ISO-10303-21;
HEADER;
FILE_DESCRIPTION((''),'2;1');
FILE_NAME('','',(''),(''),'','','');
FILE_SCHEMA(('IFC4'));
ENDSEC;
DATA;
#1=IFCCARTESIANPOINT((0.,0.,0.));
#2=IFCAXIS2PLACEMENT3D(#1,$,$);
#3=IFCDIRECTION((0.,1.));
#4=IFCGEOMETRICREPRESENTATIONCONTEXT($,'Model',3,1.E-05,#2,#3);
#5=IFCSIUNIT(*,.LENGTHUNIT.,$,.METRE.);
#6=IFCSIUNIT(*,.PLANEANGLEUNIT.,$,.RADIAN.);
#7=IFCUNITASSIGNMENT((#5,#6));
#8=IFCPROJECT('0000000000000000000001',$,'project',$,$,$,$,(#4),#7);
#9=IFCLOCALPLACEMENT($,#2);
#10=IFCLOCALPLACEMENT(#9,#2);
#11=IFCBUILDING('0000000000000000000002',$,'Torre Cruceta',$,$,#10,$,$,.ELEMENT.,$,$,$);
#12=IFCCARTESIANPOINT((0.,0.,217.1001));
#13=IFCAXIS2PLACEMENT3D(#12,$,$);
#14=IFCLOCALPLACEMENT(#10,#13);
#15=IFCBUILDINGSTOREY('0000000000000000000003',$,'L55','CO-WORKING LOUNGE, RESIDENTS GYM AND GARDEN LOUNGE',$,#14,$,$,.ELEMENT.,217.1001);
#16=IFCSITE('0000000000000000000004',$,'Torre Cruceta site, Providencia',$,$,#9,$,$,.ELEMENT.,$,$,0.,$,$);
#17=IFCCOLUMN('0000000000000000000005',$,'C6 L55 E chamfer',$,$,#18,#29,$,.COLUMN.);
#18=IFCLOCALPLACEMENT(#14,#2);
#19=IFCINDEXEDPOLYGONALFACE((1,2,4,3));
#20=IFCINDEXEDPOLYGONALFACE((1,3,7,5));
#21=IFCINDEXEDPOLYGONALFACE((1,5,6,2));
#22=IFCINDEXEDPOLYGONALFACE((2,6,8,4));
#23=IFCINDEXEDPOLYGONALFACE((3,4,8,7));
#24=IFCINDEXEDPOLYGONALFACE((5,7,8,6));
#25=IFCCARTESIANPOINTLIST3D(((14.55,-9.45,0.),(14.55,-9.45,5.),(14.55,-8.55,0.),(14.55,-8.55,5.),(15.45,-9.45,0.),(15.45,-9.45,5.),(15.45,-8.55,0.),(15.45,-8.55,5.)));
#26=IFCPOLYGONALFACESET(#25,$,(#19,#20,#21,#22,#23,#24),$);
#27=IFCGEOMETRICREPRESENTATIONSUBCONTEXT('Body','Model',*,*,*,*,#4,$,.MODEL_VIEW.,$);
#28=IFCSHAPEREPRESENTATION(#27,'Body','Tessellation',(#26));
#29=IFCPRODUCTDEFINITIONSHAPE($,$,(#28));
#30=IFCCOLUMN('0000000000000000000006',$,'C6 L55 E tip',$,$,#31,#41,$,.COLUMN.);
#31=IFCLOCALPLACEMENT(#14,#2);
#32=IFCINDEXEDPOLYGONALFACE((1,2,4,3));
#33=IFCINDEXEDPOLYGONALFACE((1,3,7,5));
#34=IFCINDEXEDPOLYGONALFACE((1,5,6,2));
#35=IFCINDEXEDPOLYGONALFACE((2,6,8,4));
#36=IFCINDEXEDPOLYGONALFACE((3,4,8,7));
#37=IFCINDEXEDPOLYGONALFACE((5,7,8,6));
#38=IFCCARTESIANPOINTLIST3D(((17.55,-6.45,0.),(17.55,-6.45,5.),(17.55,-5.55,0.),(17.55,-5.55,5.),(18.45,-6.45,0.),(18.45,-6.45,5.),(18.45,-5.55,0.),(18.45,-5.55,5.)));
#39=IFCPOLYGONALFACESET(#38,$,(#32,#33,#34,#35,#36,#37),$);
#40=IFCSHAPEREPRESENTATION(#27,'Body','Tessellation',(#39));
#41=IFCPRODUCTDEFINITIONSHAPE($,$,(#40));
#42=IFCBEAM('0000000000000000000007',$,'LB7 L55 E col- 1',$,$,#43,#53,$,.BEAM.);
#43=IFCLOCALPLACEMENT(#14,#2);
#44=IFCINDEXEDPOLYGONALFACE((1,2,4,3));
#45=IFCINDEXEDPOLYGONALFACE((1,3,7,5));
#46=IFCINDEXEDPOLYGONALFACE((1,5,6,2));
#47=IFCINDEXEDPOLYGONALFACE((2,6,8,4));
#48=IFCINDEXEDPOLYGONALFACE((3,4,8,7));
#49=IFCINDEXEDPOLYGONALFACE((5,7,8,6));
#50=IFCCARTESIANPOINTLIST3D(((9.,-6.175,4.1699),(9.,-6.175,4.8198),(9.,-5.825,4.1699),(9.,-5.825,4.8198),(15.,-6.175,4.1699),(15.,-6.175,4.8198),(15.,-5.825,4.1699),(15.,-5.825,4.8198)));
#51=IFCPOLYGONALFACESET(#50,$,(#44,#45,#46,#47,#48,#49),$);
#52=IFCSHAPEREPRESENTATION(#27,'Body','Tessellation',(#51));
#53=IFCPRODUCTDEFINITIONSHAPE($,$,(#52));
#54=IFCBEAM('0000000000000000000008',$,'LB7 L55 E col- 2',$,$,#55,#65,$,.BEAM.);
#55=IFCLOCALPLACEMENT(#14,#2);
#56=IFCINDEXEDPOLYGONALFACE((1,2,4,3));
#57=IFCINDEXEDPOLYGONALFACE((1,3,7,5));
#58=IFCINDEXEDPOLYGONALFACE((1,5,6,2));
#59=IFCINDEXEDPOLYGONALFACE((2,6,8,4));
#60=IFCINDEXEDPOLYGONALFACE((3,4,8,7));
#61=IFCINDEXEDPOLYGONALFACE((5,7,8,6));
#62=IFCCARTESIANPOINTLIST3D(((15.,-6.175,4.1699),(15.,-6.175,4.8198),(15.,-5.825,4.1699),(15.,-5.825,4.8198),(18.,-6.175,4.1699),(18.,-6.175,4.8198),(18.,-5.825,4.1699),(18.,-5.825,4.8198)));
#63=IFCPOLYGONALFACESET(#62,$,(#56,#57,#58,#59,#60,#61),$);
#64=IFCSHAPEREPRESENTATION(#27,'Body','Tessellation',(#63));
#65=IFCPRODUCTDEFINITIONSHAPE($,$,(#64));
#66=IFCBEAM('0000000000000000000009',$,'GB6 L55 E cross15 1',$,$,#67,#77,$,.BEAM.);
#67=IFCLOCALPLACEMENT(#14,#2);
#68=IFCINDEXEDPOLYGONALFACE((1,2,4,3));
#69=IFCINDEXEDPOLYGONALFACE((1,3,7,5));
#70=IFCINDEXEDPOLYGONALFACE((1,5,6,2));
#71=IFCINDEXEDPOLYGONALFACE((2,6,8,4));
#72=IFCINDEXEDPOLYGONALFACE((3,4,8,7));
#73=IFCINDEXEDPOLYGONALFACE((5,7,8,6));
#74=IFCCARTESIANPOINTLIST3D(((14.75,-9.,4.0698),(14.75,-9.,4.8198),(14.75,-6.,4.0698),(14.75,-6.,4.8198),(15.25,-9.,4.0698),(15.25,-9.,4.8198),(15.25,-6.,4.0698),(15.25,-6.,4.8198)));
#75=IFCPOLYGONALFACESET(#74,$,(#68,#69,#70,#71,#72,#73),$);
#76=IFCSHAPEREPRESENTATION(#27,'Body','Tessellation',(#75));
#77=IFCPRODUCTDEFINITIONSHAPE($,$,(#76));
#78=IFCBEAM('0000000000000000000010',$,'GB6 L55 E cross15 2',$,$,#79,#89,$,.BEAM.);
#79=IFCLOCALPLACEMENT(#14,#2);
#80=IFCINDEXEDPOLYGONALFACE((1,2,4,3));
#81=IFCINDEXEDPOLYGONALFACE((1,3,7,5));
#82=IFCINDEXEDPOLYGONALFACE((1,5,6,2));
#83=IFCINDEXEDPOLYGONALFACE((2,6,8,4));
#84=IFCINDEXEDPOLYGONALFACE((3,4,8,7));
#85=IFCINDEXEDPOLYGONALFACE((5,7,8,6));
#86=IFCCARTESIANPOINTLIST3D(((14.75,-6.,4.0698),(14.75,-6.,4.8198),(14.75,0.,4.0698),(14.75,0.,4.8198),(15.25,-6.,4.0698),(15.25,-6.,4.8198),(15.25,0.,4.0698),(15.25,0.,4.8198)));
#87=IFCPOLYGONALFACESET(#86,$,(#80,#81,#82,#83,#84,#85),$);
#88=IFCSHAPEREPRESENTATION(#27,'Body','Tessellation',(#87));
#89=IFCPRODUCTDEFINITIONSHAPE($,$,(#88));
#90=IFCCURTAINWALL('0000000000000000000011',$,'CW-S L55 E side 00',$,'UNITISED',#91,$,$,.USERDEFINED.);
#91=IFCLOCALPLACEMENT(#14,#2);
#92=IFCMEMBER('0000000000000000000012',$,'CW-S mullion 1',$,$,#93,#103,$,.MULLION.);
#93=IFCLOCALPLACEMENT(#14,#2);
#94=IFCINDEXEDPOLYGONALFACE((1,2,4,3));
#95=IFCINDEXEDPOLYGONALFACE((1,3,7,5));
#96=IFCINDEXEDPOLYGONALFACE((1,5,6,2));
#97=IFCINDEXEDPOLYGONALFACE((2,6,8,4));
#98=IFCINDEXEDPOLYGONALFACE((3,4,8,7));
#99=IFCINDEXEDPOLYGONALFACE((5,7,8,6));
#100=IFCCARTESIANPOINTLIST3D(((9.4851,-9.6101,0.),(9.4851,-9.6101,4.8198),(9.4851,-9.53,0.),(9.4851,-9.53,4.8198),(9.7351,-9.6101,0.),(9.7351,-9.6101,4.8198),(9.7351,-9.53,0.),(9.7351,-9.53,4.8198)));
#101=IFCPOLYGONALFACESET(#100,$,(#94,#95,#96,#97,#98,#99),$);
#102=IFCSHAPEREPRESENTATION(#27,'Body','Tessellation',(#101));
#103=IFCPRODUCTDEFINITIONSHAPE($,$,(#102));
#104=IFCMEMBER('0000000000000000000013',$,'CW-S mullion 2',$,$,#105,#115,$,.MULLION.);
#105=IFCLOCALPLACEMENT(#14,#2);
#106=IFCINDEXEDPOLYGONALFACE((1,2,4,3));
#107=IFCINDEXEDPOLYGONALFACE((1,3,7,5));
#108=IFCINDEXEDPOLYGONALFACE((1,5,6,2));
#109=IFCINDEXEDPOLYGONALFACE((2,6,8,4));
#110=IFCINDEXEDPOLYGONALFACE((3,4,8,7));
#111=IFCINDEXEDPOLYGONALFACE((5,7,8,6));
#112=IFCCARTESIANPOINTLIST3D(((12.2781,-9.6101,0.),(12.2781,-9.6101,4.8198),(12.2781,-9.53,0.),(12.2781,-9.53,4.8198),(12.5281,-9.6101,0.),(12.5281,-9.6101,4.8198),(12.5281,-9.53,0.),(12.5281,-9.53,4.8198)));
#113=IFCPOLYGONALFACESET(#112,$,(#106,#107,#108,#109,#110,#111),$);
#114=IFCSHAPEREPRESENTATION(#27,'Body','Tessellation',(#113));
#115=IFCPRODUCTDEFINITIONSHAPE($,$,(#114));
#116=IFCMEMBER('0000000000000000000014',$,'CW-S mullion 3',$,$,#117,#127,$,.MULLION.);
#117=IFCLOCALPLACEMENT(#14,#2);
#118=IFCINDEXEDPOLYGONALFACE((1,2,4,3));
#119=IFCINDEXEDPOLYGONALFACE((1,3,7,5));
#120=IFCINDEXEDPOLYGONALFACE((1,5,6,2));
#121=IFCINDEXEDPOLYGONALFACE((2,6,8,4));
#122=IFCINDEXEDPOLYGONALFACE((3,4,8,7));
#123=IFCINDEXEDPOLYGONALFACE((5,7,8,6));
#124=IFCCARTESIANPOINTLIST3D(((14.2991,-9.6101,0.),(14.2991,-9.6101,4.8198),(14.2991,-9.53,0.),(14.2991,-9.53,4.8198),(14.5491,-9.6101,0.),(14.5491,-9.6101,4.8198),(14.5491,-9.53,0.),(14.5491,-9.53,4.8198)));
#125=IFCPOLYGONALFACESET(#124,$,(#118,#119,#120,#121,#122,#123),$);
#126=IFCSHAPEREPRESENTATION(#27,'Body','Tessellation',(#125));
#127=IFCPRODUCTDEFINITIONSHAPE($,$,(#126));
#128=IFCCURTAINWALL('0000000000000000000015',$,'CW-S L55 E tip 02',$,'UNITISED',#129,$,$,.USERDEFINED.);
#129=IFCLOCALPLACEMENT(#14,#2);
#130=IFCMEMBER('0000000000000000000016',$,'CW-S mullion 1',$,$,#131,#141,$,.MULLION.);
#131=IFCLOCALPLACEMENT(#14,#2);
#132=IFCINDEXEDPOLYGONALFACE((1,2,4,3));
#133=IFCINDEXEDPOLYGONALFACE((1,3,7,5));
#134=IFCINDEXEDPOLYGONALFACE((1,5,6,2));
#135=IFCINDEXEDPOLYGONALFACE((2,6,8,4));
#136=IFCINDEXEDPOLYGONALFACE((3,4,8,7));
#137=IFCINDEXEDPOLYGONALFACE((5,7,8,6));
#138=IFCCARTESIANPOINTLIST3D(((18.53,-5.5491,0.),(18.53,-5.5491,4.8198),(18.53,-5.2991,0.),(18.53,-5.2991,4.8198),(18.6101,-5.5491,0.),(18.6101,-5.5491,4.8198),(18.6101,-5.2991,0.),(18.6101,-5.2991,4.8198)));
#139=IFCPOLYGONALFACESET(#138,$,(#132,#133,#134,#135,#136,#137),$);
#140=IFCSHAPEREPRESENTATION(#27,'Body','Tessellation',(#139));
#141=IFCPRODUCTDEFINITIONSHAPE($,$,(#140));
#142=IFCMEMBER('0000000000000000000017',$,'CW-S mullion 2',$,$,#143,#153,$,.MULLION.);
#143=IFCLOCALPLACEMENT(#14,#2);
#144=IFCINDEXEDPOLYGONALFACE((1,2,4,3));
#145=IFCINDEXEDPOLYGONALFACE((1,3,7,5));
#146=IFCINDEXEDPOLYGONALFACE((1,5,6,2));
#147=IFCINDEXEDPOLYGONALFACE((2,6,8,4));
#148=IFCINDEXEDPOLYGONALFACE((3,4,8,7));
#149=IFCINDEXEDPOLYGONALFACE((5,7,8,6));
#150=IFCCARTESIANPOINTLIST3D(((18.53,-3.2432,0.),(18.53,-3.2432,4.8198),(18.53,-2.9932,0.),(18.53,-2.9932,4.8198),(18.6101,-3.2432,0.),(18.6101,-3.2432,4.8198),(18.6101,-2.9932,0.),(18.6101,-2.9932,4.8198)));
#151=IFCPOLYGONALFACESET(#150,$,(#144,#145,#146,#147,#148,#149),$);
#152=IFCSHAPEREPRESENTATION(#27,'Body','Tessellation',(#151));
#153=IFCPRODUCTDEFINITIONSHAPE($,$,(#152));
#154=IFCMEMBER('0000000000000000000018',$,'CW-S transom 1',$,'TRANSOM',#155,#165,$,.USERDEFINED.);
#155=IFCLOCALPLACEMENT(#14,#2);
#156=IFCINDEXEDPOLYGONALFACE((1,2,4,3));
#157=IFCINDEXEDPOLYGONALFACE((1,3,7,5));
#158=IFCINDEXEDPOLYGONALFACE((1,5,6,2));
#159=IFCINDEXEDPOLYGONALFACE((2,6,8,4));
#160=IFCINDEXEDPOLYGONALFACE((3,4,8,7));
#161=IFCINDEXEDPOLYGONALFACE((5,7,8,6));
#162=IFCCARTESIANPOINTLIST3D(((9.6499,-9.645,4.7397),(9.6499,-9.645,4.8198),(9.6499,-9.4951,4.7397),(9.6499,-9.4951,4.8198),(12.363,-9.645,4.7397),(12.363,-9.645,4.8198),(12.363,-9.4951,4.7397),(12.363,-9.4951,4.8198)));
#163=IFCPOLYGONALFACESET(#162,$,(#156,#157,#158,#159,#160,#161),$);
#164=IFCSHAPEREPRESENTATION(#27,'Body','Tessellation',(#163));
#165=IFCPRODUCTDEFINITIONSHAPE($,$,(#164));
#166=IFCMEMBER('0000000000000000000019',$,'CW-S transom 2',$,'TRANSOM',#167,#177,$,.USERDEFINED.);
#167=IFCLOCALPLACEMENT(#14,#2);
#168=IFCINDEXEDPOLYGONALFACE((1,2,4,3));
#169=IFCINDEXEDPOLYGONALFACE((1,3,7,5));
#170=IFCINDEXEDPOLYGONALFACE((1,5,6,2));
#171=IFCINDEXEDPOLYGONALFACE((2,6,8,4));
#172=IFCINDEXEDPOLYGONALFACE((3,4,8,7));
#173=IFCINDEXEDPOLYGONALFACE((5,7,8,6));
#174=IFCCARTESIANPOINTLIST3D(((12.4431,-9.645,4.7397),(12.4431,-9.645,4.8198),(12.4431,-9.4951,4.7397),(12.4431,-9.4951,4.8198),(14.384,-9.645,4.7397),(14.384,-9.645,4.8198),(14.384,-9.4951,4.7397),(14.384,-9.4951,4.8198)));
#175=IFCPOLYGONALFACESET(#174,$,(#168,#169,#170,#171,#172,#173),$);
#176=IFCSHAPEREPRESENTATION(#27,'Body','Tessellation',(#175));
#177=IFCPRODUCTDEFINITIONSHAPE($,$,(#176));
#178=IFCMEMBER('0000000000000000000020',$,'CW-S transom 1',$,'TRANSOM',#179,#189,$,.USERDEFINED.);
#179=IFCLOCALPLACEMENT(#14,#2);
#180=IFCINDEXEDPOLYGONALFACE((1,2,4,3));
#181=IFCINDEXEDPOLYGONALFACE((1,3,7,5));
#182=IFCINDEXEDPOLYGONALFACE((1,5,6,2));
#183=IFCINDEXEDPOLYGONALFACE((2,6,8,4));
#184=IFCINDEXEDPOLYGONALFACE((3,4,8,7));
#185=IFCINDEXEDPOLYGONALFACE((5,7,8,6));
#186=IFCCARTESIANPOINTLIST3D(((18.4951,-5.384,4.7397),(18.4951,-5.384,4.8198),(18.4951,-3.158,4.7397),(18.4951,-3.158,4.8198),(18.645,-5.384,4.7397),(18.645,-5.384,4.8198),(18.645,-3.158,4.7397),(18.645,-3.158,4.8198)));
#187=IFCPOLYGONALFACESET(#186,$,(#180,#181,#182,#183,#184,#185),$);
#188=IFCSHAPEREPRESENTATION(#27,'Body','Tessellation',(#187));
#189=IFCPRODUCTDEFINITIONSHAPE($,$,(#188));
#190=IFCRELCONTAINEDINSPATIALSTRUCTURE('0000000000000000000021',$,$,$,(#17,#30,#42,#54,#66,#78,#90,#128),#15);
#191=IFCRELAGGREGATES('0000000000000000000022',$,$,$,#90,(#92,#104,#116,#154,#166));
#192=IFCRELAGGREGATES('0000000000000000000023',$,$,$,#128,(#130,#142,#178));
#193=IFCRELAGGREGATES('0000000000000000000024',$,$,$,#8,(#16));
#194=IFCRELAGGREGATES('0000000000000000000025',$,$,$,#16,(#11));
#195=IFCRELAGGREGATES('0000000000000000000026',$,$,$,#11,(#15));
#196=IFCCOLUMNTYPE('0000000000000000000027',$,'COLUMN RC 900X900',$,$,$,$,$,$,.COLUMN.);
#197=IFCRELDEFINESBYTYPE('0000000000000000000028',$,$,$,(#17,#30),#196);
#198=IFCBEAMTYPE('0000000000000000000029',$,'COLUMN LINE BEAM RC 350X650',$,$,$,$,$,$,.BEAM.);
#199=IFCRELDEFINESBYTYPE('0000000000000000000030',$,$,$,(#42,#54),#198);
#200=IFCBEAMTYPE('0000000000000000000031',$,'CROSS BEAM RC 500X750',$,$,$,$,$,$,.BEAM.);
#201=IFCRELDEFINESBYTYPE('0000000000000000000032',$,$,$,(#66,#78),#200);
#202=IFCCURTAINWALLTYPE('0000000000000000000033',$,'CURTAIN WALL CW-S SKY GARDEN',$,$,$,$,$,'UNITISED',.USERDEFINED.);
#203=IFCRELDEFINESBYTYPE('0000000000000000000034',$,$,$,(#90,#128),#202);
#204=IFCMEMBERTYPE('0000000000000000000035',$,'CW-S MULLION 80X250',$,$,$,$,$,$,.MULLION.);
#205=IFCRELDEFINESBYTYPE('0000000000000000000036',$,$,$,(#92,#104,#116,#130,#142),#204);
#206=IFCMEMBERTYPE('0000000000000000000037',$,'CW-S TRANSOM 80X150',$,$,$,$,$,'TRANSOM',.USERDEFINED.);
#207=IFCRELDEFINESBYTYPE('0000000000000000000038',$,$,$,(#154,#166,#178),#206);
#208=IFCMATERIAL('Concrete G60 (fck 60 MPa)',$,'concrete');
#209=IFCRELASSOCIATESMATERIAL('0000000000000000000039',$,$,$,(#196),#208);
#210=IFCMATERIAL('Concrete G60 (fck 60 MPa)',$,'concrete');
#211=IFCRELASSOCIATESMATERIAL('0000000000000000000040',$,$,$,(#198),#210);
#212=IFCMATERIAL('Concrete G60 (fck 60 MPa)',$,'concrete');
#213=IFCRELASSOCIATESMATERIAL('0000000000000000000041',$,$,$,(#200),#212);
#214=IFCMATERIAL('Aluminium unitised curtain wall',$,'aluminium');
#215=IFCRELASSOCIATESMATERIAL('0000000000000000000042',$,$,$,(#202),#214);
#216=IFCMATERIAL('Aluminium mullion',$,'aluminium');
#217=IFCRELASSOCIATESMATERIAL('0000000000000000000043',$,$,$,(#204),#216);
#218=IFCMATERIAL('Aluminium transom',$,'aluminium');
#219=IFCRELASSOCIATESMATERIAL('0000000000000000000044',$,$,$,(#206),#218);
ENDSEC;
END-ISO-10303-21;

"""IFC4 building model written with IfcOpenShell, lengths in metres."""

from ifc_helpers import new_model, si_unit, direction, frame, origin, origin_2d, place, context, subcontext, project, spatial, rectangle, extrude, material, material_profile, profile_set, type_object, element, aggregate, save


model = new_model("IFC4")

# Units and contexts
model_context = context("Model", 3, precision=1e-05, world=origin(), true_north=direction((0.0, 1.0)))
body_context = subcontext(model_context, "Body", "Model", "MODEL_VIEW")
ifc_project = project(units=[si_unit("LENGTHUNIT", "METRE"), si_unit("PLANEANGLEUNIT", "RADIAN")], contexts=[model_context])

# Site, building, storey
site_placement = place(None, origin())
site = spatial("IfcSite", under=ifc_project, at=site_placement, Name="Torre Cruceta site, Providencia", CompositionType="ELEMENT", RefElevation=0.0)
building_placement = place(site_placement, origin())
building = spatial("IfcBuilding", under=site, at=building_placement, Name="Torre Cruceta", CompositionType="ELEMENT")
storey_placement = place(building_placement, frame((0.0, 0.0, 217.1001)))
storey = spatial("IfcBuildingStorey", under=building, at=storey_placement, Name="L55", Description="CO-WORKING LOUNGE, RESIDENTS GYM AND GARDEN LOUNGE", CompositionType="ELEMENT", Elevation=217.1001)

# Columns
ifc_material_1 = material(Name="Concrete G60 (fck 60 MPa)", Category="concrete")
ifc_material_profile_1 = material_profile(ifc_material_1, rectangle(XDim=0.8999, YDim=0.8999, at=origin_2d()), Name="RC 900X900")
ifc_profile_set_1 = profile_set([ifc_material_profile_1], Name="Concrete G60 (fck 60 MPa)")
column_type = type_object("IfcColumnType", Name="COLUMN RC 900X900", PredefinedType="COLUMN", material=ifc_profile_set_1)
for number, where, z_axis, x_axis, name in (
    (1, (15.0, -9.0, 0.0), (0.0, 0.0, 1.0), (1.0, 0.0, 0.0), "C6 L55 E chamfer"),
    (2, (18.0, -6.0, 0.0), (0.0, 0.0, 1.0), (1.0, 0.0, 0.0), "C6 L55 E tip"),
):
    element("IfcColumn", number, at=place(storey_placement, frame(where, z_axis=z_axis, x_axis=x_axis)), inside=storey, type_object=column_type, Name=name, PredefinedType="COLUMN", context=body_context, shape_type="SweptSolid", body=[
        extrude(rectangle(XDim=0.8999, YDim=0.8999, at=origin_2d()), origin(), (0.0, 0.0, 1.0), 5.0),
    ])

# Beams
ifc_material_2 = material(Name="Concrete G60 (fck 60 MPa)", Category="concrete")
ifc_material_profile_2 = material_profile(ifc_material_2, rectangle(XDim=0.3501, YDim=0.6499, at=origin_2d()), Name="RC 350X650")
ifc_profile_set_2 = profile_set([ifc_material_profile_2], Name="Concrete G60 (fck 60 MPa)")
beam_type_1 = type_object("IfcBeamType", Name="COLUMN LINE BEAM RC 350X650", PredefinedType="BEAM", material=ifc_profile_set_2)
beam_1_placement = place(storey_placement, frame((9.0, -6.0, 4.4949), z_axis=(1.0, 0.0, 0.0), x_axis=(0.0, 1.0, 0.0)))
element("IfcBeam", 3, at=beam_1_placement, inside=storey, type_object=beam_type_1, Name="LB7 L55 E col- 1", PredefinedType="BEAM", context=body_context, shape_type="SweptSolid", body=[
    extrude(rectangle(XDim=0.3501, YDim=0.6499, at=origin_2d()), origin(), (0.0, 0.0, 1.0), 6.0),
])
beam_2_placement = place(storey_placement, frame((15.0, -6.0, 4.4949), z_axis=(1.0, 0.0, 0.0), x_axis=(0.0, 1.0, 0.0)))
element("IfcBeam", 4, at=beam_2_placement, inside=storey, type_object=beam_type_1, Name="LB7 L55 E col- 2", PredefinedType="BEAM", context=body_context, shape_type="SweptSolid", body=[
    extrude(rectangle(XDim=0.3501, YDim=0.6499, at=origin_2d()), origin(), (0.0, 0.0, 1.0), 3.0),
])
ifc_material_3 = material(Name="Concrete G60 (fck 60 MPa)", Category="concrete")
ifc_material_profile_3 = material_profile(ifc_material_3, rectangle(XDim=0.5, YDim=0.75, at=origin_2d()), Name="RC 500X750")
ifc_profile_set_3 = profile_set([ifc_material_profile_3], Name="Concrete G60 (fck 60 MPa)")
beam_type_2 = type_object("IfcBeamType", Name="CROSS BEAM RC 500X750", PredefinedType="BEAM", material=ifc_profile_set_3)
beam_3_placement = place(storey_placement, frame((15.0, -9.0, 4.4448), z_axis=(0.0, 1.0, 0.0), x_axis=(-1.0, 0.0, 0.0)))
element("IfcBeam", 5, at=beam_3_placement, inside=storey, type_object=beam_type_2, Name="GB6 L55 E cross15 1", PredefinedType="BEAM", context=body_context, shape_type="SweptSolid", body=[
    extrude(rectangle(XDim=0.5, YDim=0.75, at=origin_2d()), origin(), (0.0, 0.0, 1.0), 3.0),
])
beam_4_placement = place(storey_placement, frame((15.0, -6.0, 4.4448), z_axis=(0.0, 1.0, 0.0), x_axis=(-1.0, 0.0, 0.0)))
element("IfcBeam", 6, at=beam_4_placement, inside=storey, type_object=beam_type_2, Name="GB6 L55 E cross15 2", PredefinedType="BEAM", context=body_context, shape_type="SweptSolid", body=[
    extrude(rectangle(XDim=0.5, YDim=0.75, at=origin_2d()), origin(), (0.0, 0.0, 1.0), 6.0),
])

# Curtain walls, members
ifc_material_4 = material(Name="Aluminium unitised curtain wall", Category="aluminium")
curtain_wall_type = type_object("IfcCurtainWallType", Name="CURTAIN WALL CW-S SKY GARDEN", ElementType="UNITISED", PredefinedType="USERDEFINED", material=ifc_material_4)
curtain_wall_1_placement = place(storey_placement, origin())
curtain_wall_1 = element("IfcCurtainWall", 7, at=curtain_wall_1_placement, inside=storey, type_object=curtain_wall_type, Name="CW-S L55 E side 00", ObjectType="UNITISED", PredefinedType="USERDEFINED")
ifc_material_5 = material(Name="Aluminium mullion", Category="aluminium")
ifc_material_profile_4 = material_profile(ifc_material_5, rectangle(XDim=0.0801, YDim=0.25, at=origin_2d()), Name="AL 80X250")
ifc_profile_set_4 = profile_set([ifc_material_profile_4], Name="Aluminium mullion")
member_type_1 = type_object("IfcMemberType", Name="CW-S MULLION 80X250", PredefinedType="MULLION", material=ifc_profile_set_4)
member_1_placement = place(storey_placement, frame((9.6101, -9.5701, 0.0), z_axis=(0.0, 0.0, 1.0), x_axis=(0.0, 1.0, 0.0)))
member_1 = element("IfcMember", 8, at=member_1_placement, type_object=member_type_1, Name="CW-S mullion 1", PredefinedType="MULLION", context=body_context, shape_type="SweptSolid", body=[
    extrude(rectangle(XDim=0.0801, YDim=0.25, at=origin_2d()), origin(), (0.0, 0.0, 1.0), 4.8198),
])
member_2_placement = place(storey_placement, frame((12.4031, -9.5701, 0.0), z_axis=(0.0, 0.0, 1.0), x_axis=(0.0, 1.0, 0.0)))
member_2 = element("IfcMember", 9, at=member_2_placement, type_object=member_type_1, Name="CW-S mullion 2", PredefinedType="MULLION", context=body_context, shape_type="SweptSolid", body=[
    extrude(rectangle(XDim=0.0801, YDim=0.25, at=origin_2d()), origin(), (0.0, 0.0, 1.0), 4.8198),
])
member_3_placement = place(storey_placement, frame((14.4241, -9.5701, 0.0), z_axis=(0.0, 0.0, 1.0), x_axis=(0.0, 1.0, 0.0)))
member_3 = element("IfcMember", 10, at=member_3_placement, type_object=member_type_1, Name="CW-S mullion 3", PredefinedType="MULLION", context=body_context, shape_type="SweptSolid", body=[
    extrude(rectangle(XDim=0.0801, YDim=0.25, at=origin_2d()), origin(), (0.0, 0.0, 1.0), 4.8198),
])
curtain_wall_2_placement = place(storey_placement, origin())
curtain_wall_2 = element("IfcCurtainWall", 11, at=curtain_wall_2_placement, inside=storey, type_object=curtain_wall_type, Name="CW-S L55 E tip 02", ObjectType="UNITISED", PredefinedType="USERDEFINED")
member_4_placement = place(storey_placement, frame((18.5701, -5.4241, 0.0), z_axis=(0.0, 0.0, 1.0), x_axis=(-1.0, 0.0, 0.0)))
member_4 = element("IfcMember", 12, at=member_4_placement, type_object=member_type_1, Name="CW-S mullion 1", PredefinedType="MULLION", context=body_context, shape_type="SweptSolid", body=[
    extrude(rectangle(XDim=0.0801, YDim=0.25, at=origin_2d()), origin(), (0.0, 0.0, 1.0), 4.8198),
])
member_5_placement = place(storey_placement, frame((18.5701, -3.1182, 0.0), z_axis=(0.0, 0.0, 1.0), x_axis=(-1.0, 0.0, 0.0)))
member_5 = element("IfcMember", 13, at=member_5_placement, type_object=member_type_1, Name="CW-S mullion 2", PredefinedType="MULLION", context=body_context, shape_type="SweptSolid", body=[
    extrude(rectangle(XDim=0.0801, YDim=0.25, at=origin_2d()), origin(), (0.0, 0.0, 1.0), 4.8198),
])

# Members
ifc_material_6 = material(Name="Aluminium transom", Category="aluminium")
ifc_material_profile_5 = material_profile(ifc_material_6, rectangle(XDim=0.1499, YDim=0.0801, at=origin_2d()), Name="AL 150X80")
ifc_profile_set_5 = profile_set([ifc_material_profile_5], Name="Aluminium transom")
member_type_2 = type_object("IfcMemberType", Name="CW-S TRANSOM 80X150", ElementType="TRANSOM", PredefinedType="USERDEFINED", material=ifc_profile_set_5)
member_6_placement = place(storey_placement, frame((9.6499, -9.5701, 4.7798), z_axis=(1.0, 0.0, 0.0), x_axis=(0.0, 1.0, 0.0)))
member_6 = element("IfcMember", 14, at=member_6_placement, type_object=member_type_2, Name="CW-S transom 1", ObjectType="TRANSOM", PredefinedType="USERDEFINED", context=body_context, shape_type="SweptSolid", body=[
    extrude(rectangle(XDim=0.1499, YDim=0.0801, at=origin_2d()), origin(), (0.0, 0.0, 1.0), 2.7131),
])
member_7_placement = place(storey_placement, frame((12.4431, -9.5701, 4.7798), z_axis=(1.0, 0.0, 0.0), x_axis=(0.0, 1.0, 0.0)))
member_7 = element("IfcMember", 15, at=member_7_placement, type_object=member_type_2, Name="CW-S transom 2", ObjectType="TRANSOM", PredefinedType="USERDEFINED", context=body_context, shape_type="SweptSolid", body=[
    extrude(rectangle(XDim=0.1499, YDim=0.0801, at=origin_2d()), origin(), (0.0, 0.0, 1.0), 1.9409),
])
member_8_placement = place(storey_placement, frame((18.5701, -5.384, 4.7798), z_axis=(0.0, 1.0, 0.0), x_axis=(-1.0, 0.0, 0.0)))
member_8 = element("IfcMember", 16, at=member_8_placement, type_object=member_type_2, Name="CW-S transom 1", ObjectType="TRANSOM", PredefinedType="USERDEFINED", context=body_context, shape_type="SweptSolid", body=[
    extrude(rectangle(XDim=0.1499, YDim=0.0801, at=origin_2d()), origin(), (0.0, 0.0, 1.0), 2.2261),
])

aggregate(curtain_wall_1, [member_1, member_2, member_3, member_6, member_7])
aggregate(curtain_wall_2, [member_4, member_5, member_8])

save(model, "model.ifc")
